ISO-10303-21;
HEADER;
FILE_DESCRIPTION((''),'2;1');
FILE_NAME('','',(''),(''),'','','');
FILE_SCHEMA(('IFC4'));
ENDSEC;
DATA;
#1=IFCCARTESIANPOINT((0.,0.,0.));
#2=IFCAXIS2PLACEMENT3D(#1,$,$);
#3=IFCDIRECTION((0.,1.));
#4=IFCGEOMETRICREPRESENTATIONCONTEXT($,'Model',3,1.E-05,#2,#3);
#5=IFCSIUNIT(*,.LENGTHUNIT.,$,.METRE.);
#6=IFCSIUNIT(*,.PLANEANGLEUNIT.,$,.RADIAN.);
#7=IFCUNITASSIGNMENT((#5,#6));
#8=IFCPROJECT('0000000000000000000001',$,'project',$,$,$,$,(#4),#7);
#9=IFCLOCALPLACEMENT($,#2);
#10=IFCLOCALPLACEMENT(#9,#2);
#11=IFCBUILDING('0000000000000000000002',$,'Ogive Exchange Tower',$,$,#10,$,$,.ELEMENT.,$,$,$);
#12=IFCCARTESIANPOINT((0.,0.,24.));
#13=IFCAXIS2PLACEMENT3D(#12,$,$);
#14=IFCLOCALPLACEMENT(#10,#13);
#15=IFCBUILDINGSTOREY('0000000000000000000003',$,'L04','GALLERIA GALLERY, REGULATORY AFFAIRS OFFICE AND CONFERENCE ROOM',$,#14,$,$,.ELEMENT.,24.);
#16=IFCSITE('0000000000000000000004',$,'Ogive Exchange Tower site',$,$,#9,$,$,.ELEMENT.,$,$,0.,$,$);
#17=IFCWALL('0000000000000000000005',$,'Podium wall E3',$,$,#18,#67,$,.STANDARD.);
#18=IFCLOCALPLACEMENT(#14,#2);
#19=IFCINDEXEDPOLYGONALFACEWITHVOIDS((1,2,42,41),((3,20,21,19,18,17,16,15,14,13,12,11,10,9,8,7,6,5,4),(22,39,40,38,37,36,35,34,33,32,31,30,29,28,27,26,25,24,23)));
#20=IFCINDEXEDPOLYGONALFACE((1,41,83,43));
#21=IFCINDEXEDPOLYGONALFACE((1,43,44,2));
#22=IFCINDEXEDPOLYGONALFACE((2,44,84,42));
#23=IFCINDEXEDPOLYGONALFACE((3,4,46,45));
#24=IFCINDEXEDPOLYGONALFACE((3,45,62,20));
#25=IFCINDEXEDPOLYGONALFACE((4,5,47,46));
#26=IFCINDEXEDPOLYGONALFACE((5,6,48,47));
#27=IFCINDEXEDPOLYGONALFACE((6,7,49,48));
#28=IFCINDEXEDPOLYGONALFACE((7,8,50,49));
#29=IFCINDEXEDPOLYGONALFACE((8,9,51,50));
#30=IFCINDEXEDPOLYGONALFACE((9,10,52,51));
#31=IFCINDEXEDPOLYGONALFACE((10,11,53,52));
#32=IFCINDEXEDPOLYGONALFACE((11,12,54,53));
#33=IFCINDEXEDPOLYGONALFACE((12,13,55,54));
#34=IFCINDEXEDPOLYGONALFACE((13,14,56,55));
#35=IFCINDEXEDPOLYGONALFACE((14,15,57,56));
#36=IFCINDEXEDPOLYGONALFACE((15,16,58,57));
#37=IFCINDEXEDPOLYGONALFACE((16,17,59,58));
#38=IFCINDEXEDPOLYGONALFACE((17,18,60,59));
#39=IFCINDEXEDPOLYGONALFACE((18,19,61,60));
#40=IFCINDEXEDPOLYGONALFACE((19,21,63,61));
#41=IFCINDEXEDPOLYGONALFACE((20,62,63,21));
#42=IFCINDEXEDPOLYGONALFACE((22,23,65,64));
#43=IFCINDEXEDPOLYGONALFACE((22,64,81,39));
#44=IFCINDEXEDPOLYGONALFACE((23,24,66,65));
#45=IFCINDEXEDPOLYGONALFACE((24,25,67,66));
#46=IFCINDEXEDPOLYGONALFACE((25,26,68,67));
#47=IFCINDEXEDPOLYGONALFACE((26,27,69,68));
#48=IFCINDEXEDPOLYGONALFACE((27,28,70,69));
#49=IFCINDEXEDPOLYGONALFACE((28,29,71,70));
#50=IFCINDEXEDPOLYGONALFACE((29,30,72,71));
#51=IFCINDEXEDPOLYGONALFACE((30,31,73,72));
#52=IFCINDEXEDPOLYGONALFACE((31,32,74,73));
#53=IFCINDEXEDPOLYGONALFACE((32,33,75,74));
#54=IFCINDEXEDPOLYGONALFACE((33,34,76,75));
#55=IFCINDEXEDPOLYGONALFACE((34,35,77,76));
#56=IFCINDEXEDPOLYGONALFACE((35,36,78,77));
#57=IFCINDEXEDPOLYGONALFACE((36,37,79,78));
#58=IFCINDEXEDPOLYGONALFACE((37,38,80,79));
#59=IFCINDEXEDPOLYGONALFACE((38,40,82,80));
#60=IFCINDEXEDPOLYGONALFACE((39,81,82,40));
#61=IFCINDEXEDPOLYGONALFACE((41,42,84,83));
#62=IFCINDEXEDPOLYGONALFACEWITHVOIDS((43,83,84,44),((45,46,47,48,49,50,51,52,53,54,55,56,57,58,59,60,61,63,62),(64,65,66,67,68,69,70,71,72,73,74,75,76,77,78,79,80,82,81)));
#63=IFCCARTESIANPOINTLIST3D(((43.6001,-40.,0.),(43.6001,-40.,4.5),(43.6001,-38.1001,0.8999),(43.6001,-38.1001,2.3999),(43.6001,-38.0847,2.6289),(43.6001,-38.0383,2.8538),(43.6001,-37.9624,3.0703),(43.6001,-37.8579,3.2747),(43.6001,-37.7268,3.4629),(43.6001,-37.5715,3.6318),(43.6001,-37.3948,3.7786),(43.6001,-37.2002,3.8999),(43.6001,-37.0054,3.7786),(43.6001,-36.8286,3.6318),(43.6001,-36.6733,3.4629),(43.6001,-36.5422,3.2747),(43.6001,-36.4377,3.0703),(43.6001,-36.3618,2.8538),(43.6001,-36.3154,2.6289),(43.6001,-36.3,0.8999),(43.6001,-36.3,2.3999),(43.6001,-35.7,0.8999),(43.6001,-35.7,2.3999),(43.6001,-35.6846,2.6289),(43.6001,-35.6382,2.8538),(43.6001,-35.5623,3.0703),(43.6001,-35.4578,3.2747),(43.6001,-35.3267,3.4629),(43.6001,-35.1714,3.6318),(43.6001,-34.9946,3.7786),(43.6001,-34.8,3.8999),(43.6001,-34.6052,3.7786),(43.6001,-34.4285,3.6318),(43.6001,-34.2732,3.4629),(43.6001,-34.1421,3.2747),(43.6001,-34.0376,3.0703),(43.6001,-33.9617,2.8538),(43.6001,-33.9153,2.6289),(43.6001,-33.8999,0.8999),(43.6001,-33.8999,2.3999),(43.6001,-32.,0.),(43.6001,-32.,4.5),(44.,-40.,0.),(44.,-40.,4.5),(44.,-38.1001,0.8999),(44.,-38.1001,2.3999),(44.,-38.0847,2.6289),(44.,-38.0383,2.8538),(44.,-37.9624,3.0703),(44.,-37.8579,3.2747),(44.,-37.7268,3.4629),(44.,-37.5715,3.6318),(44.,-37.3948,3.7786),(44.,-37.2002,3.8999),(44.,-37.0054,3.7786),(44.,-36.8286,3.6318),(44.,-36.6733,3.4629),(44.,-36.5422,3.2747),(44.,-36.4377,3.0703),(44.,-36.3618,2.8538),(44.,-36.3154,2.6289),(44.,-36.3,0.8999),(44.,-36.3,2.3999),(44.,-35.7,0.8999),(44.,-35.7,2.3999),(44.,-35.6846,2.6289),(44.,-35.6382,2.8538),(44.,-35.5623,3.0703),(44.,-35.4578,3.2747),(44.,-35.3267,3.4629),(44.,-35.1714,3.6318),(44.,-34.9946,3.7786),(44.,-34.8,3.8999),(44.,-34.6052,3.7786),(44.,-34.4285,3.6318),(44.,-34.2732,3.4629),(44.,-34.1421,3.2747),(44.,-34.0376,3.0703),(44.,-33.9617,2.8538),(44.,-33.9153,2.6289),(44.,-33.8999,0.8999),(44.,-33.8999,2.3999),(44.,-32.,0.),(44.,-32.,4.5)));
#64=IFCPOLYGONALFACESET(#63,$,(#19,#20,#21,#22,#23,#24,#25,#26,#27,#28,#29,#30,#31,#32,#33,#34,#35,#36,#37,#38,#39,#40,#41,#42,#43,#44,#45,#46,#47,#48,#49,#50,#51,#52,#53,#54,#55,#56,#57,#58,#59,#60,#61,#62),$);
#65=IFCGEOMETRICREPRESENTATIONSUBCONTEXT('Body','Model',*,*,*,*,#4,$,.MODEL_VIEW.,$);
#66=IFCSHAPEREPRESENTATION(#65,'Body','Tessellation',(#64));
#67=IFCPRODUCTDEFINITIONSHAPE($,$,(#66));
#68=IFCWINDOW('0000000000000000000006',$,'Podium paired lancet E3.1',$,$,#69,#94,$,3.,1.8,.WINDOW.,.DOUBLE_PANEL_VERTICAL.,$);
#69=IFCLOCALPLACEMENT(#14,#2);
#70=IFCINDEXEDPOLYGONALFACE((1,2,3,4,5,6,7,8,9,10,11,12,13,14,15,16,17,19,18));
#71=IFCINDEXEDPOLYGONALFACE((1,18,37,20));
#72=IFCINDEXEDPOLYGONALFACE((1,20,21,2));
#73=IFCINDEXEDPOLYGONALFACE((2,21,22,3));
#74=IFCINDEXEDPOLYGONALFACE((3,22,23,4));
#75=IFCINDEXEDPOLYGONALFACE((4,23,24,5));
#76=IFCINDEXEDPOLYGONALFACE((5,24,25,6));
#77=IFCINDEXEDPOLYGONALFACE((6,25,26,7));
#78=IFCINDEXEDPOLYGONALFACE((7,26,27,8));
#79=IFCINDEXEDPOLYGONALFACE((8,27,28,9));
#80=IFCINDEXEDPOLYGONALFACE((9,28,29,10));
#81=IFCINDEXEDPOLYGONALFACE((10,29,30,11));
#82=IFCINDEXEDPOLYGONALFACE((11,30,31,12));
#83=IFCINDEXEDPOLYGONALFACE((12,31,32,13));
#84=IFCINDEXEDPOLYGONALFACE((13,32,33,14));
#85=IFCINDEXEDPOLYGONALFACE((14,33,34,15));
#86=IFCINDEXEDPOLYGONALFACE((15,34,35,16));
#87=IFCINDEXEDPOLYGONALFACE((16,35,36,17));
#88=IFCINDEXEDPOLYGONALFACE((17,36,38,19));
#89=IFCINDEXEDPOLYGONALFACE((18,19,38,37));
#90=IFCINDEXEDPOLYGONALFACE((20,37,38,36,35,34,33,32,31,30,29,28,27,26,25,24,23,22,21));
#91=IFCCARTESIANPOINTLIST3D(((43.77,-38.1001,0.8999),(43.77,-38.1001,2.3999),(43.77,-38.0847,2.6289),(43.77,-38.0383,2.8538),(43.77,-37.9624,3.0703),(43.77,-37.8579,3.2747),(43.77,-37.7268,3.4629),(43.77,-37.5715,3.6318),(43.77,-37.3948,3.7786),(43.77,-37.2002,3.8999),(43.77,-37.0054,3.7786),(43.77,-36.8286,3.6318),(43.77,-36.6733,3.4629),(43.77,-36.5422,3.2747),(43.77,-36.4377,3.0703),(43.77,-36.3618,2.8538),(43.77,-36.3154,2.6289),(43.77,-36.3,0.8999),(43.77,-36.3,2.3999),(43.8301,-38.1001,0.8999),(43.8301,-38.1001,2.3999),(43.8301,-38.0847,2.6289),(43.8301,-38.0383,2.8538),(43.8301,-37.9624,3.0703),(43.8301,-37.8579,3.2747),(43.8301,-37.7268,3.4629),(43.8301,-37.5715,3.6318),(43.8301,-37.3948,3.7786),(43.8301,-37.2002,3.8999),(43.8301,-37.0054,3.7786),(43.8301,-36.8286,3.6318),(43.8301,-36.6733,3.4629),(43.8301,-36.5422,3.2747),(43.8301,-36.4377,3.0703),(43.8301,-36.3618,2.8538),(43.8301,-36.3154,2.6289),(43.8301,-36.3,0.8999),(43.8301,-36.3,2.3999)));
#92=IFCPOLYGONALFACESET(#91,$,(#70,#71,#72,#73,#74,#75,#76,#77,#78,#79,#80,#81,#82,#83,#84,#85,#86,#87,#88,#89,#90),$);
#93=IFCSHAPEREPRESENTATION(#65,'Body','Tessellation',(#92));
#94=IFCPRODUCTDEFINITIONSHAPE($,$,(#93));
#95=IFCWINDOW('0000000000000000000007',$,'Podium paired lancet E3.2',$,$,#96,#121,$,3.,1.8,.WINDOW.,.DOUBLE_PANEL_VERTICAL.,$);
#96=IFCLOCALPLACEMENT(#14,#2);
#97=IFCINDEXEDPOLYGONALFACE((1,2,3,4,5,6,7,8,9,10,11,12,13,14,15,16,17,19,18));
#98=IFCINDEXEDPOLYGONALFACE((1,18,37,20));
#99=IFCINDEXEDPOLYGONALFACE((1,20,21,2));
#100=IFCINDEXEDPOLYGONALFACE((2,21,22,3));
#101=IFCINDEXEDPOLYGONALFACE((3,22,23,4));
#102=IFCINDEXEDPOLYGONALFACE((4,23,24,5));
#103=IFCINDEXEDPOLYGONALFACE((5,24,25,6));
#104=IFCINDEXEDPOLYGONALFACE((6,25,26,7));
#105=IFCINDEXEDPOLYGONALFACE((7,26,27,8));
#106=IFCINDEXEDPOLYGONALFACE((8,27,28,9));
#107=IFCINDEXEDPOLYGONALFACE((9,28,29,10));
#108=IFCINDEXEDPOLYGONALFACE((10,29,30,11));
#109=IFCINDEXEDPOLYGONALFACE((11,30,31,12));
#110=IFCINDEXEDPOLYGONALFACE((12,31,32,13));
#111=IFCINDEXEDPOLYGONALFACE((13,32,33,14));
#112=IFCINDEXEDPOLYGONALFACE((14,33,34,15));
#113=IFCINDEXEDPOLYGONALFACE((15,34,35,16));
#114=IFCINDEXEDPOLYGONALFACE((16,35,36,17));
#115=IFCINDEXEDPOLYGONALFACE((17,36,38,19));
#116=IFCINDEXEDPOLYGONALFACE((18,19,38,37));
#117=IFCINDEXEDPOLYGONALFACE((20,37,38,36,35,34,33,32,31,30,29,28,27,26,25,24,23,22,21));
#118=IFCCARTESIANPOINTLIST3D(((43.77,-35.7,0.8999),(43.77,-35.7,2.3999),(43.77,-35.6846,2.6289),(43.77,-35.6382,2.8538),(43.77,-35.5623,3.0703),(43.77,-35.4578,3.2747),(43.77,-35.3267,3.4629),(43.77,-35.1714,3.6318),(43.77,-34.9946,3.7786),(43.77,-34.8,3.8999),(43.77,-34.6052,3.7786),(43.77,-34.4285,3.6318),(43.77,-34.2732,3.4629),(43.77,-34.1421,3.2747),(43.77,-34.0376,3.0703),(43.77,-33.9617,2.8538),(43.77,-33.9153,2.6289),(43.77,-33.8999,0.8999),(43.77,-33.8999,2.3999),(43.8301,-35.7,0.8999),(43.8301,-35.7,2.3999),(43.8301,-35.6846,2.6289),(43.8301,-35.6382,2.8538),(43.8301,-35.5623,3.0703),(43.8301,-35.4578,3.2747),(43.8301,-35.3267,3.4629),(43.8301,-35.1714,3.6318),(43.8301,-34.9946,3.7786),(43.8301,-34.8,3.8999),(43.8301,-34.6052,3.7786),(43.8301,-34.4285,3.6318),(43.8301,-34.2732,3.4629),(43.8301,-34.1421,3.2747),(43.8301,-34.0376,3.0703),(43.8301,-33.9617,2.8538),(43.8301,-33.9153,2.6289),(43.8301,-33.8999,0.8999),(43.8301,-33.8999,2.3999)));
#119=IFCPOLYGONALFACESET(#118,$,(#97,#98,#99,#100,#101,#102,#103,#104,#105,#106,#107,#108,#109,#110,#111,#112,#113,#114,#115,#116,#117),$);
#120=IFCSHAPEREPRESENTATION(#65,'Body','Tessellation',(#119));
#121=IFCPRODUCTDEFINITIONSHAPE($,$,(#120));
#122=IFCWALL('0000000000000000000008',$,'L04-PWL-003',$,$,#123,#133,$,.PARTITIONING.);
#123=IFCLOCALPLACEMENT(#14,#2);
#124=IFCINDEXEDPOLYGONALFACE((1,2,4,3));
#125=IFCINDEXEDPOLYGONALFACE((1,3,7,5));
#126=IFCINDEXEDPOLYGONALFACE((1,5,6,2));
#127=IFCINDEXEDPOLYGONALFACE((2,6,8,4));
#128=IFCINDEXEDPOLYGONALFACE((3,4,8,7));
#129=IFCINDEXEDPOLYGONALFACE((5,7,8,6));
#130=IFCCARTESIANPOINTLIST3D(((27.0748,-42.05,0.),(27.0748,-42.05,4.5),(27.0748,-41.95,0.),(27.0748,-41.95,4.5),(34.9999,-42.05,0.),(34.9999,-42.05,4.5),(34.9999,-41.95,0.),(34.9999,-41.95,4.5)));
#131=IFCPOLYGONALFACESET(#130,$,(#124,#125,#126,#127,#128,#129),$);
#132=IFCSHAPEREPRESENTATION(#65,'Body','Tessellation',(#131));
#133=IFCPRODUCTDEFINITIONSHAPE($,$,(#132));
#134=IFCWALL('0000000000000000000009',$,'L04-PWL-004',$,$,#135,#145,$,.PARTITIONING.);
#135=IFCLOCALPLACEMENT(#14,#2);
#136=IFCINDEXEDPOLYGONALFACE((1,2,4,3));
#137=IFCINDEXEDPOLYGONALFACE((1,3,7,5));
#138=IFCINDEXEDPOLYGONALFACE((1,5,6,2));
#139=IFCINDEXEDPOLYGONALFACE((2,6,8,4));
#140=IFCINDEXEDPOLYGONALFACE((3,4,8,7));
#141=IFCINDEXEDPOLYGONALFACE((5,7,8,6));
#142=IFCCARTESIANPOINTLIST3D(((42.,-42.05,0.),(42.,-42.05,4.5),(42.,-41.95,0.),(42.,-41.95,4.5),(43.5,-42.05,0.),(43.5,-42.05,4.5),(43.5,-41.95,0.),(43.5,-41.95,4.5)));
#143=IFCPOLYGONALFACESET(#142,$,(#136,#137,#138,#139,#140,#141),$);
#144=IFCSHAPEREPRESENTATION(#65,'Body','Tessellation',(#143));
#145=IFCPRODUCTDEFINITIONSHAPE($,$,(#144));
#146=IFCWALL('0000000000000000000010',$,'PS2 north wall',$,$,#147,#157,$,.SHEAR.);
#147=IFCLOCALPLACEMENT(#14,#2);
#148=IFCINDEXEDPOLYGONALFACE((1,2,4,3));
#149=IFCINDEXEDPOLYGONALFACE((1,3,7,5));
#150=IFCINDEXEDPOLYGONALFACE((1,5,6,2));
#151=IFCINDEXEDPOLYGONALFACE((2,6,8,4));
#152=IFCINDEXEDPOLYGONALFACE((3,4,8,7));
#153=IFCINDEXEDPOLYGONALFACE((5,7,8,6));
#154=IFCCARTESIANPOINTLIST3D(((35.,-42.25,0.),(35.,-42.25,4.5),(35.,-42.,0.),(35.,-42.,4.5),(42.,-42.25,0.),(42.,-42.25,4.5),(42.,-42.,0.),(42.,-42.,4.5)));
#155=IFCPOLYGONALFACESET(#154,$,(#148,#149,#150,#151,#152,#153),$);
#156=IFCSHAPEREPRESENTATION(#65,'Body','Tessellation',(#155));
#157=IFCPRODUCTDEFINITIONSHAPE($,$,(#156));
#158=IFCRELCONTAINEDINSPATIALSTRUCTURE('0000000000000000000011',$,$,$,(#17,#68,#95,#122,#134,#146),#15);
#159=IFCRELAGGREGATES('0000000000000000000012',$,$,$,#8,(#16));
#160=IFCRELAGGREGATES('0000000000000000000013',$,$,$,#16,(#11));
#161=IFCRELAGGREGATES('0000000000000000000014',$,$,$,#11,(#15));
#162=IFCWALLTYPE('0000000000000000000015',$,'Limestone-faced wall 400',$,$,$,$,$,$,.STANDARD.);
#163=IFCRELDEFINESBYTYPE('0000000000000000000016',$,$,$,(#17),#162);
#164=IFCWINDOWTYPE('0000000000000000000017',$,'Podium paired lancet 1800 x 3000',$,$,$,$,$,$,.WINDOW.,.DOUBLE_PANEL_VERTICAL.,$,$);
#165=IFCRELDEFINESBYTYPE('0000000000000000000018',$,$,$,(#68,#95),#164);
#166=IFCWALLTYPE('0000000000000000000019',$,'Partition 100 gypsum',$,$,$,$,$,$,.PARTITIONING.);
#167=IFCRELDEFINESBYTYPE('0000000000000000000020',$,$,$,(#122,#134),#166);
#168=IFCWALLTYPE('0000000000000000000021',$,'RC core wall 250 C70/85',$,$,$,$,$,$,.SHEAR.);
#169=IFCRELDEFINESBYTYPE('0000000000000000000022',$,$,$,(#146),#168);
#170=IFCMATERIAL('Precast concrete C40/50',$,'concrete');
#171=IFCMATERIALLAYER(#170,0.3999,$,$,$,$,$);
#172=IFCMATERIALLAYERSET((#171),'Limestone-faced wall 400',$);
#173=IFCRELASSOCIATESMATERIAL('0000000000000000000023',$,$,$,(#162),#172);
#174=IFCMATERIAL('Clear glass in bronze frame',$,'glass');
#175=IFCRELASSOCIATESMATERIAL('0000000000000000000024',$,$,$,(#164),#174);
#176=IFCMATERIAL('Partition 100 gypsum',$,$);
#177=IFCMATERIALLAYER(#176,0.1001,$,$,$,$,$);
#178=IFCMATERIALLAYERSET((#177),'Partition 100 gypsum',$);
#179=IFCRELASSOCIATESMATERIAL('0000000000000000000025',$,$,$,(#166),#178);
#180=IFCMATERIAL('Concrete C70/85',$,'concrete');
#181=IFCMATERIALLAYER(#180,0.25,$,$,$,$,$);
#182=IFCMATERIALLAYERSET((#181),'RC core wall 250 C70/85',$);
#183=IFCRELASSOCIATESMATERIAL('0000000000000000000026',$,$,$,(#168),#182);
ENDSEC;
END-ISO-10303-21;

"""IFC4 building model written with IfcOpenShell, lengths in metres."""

from ifc_helpers import new_model, si_unit, direction, frame, frame_2d, origin, place, context, subcontext, project, spatial, polyline, rectangle, outline, extrude, material, layer, layer_set, type_object, element, fill, save


model = new_model("IFC4")

# Units and contexts
model_context = context("Model", 3, precision=1e-05, world=origin(), true_north=direction((0.0, 1.0)))
body_context = subcontext(model_context, "Body", "Model", "MODEL_VIEW")
ifc_project = project(units=[si_unit("LENGTHUNIT", "METRE"), si_unit("PLANEANGLEUNIT", "RADIAN")], contexts=[model_context])

# Site, building, storey
site_placement = place(None, origin())
site = spatial("IfcSite", under=ifc_project, at=site_placement, Name="Ogive Exchange Tower site", CompositionType="ELEMENT", RefElevation=0.0)
building_placement = place(site_placement, origin())
building = spatial("IfcBuilding", under=site, at=building_placement, Name="Ogive Exchange Tower", CompositionType="ELEMENT")
storey_placement = place(building_placement, frame((0.0, 0.0, 24.0)))
storey = spatial("IfcBuildingStorey", under=building, at=storey_placement, Name="L04", Description="GALLERIA GALLERY, REGULATORY AFFAIRS OFFICE AND CONFERENCE ROOM", CompositionType="ELEMENT", Elevation=24.0)

# Shared definitions
ifc_material_1 = material(Name="Concrete C70/85", Category="concrete")

# Wall, openings, windows
ifc_material_2 = material(Name="Precast concrete C40/50", Category="concrete")
ifc_layer_1 = layer(ifc_material_2, 0.3999)
ifc_layer_set_1 = layer_set([ifc_layer_1], Name="Limestone-faced wall 400")
wall_type_1 = type_object("IfcWallType", Name="Limestone-faced wall 400", PredefinedType="STANDARD", material=ifc_layer_set_1)
wall_1_placement = place(storey_placement, frame((43.8, -40.0, 0.0), z_axis=(0.0, 0.0, 1.0), x_axis=(0.0, 1.0, 0.0)))
wall_1 = element("IfcWall", 1, at=wall_1_placement, inside=storey, type_object=wall_type_1, Name="Podium wall E3", PredefinedType="STANDARD", context=body_context, shape_type="SweptSolid", body=[
    extrude(rectangle(XDim=8.0, YDim=0.3999, at=frame_2d((4.0, 0.0))), origin(), (0.0, 0.0, 1.0), 4.5),
])
opening_1_placement = place(wall_1_placement, frame((1.8999, 0.0, 0.8999)))
opening_1 = element("IfcOpeningElement", 2, at=opening_1_placement, cuts=wall_1, PredefinedType="OPENING", context=body_context, shape_type="SweptSolid", body=[
    extrude(outline(polyline([(0.0, 0.0), (1.8, 0.0), (1.8, 1.5), (1.7847, 1.729), (1.7383, 1.9539), (1.6624, 2.1704), (1.5579, 2.3748), (1.4268, 2.563), (1.2715, 2.7319), (1.0947, 2.8787), (0.8999, 3.0), (0.7053, 2.8787), (0.5286, 2.7319), (0.3733, 2.563), (0.2422, 2.3748), (0.1377, 2.1704), (0.0618, 1.9539), (0.0154, 1.729), (0.0, 1.5), (0.0, 0.0)])), frame((0.0, 0.21, 0.0), z_axis=(0.0, -1.0, 0.0), x_axis=(1.0, 0.0, 0.0)), (0.0, 0.0, 1.0), 0.4199),
])
opening_2_placement = place(wall_1_placement, frame((4.3, 0.0, 0.8999)))
opening_2 = element("IfcOpeningElement", 3, at=opening_2_placement, cuts=wall_1, PredefinedType="OPENING", context=body_context, shape_type="SweptSolid", body=[
    extrude(outline(polyline([(0.0, 0.0), (1.8, 0.0), (1.8, 1.5), (1.7847, 1.729), (1.7383, 1.9539), (1.6624, 2.1704), (1.5579, 2.3748), (1.4268, 2.563), (1.2715, 2.7319), (1.0947, 2.8787), (0.8999, 3.0), (0.7053, 2.8787), (0.5286, 2.7319), (0.3733, 2.563), (0.2422, 2.3748), (0.1377, 2.1704), (0.0618, 1.9539), (0.0154, 1.729), (0.0, 1.5), (0.0, 0.0)])), frame((0.0, 0.21, 0.0), z_axis=(0.0, -1.0, 0.0), x_axis=(1.0, 0.0, 0.0)), (0.0, 0.0, 1.0), 0.4199),
])
ifc_material_3 = material(Name="Clear glass in bronze frame", Category="glass")
window_type = type_object("IfcWindowType", Name="Podium paired lancet 1800 x 3000", PartitioningType="DOUBLE_PANEL_VERTICAL", PredefinedType="WINDOW", material=ifc_material_3)
window_1_placement = place(opening_1_placement, origin())
window_1 = element("IfcWindow", 4, at=window_1_placement, inside=storey, type_object=window_type, Name="Podium paired lancet E3.1", OverallHeight=3.0, OverallWidth=1.8, PartitioningType="DOUBLE_PANEL_VERTICAL", PredefinedType="WINDOW", context=body_context, shape_type="SweptSolid", body=[
    extrude(outline(polyline([(0.0, 0.0), (1.8, 0.0), (1.8, 1.5), (1.7847, 1.729), (1.7383, 1.9539), (1.6624, 2.1704), (1.5579, 2.3748), (1.4268, 2.563), (1.2715, 2.7319), (1.0947, 2.8787), (0.8999, 3.0), (0.7053, 2.8787), (0.5286, 2.7319), (0.3733, 2.563), (0.2422, 2.3748), (0.1377, 2.1704), (0.0618, 1.9539), (0.0154, 1.729), (0.0, 1.5), (0.0, 0.0)])), frame((0.0, 0.03, 0.0), z_axis=(0.0, -1.0, 0.0), x_axis=(1.0, 0.0, 0.0)), (0.0, 0.0, 1.0), 0.0601),
])
fill(opening_1, window_1)
window_2_placement = place(opening_2_placement, origin())
window_2 = element("IfcWindow", 5, at=window_2_placement, inside=storey, type_object=window_type, Name="Podium paired lancet E3.2", OverallHeight=3.0, OverallWidth=1.8, PartitioningType="DOUBLE_PANEL_VERTICAL", PredefinedType="WINDOW", context=body_context, shape_type="SweptSolid", body=[
    extrude(outline(polyline([(0.0, 0.0), (1.8, 0.0), (1.8, 1.5), (1.7847, 1.729), (1.7383, 1.9539), (1.6624, 2.1704), (1.5579, 2.3748), (1.4268, 2.563), (1.2715, 2.7319), (1.0947, 2.8787), (0.8999, 3.0), (0.7053, 2.8787), (0.5286, 2.7319), (0.3733, 2.563), (0.2422, 2.3748), (0.1377, 2.1704), (0.0618, 1.9539), (0.0154, 1.729), (0.0, 1.5), (0.0, 0.0)])), frame((0.0, 0.03, 0.0), z_axis=(0.0, -1.0, 0.0), x_axis=(1.0, 0.0, 0.0)), (0.0, 0.0, 1.0), 0.0601),
])
fill(opening_2, window_2)

# Walls
ifc_material_4 = material(Name="Partition 100 gypsum")
ifc_layer_2 = layer(ifc_material_4, 0.1001)
ifc_layer_set_2 = layer_set([ifc_layer_2], Name="Partition 100 gypsum")
wall_type_2 = type_object("IfcWallType", Name="Partition 100 gypsum", PredefinedType="PARTITIONING", material=ifc_layer_set_2)
wall_2_placement = place(storey_placement, frame((27.075, -42.0, 0.0), z_axis=(0.0, 0.0, 1.0), x_axis=(1.0, 0.0, 0.0)))
element("IfcWall", 6, at=wall_2_placement, inside=storey, type_object=wall_type_2, Name="L04-PWL-003", PredefinedType="PARTITIONING", context=body_context, shape_type="SweptSolid", body=[
    extrude(rectangle(XDim=7.925, YDim=0.1001, at=frame_2d((3.9624, 0.0))), origin(), (0.0, 0.0, 1.0), 4.5),
])
wall_3_placement = place(storey_placement, frame((42.0, -42.0, 0.0), z_axis=(0.0, 0.0, 1.0), x_axis=(1.0, 0.0, 0.0)))
element("IfcWall", 7, at=wall_3_placement, inside=storey, type_object=wall_type_2, Name="L04-PWL-004", PredefinedType="PARTITIONING", context=body_context, shape_type="SweptSolid", body=[
    extrude(rectangle(XDim=1.5, YDim=0.1001, at=frame_2d((0.75, 0.0))), origin(), (0.0, 0.0, 1.0), 4.5),
])
ifc_layer_3 = layer(ifc_material_1, 0.25)
ifc_layer_set_3 = layer_set([ifc_layer_3], Name="RC core wall 250 C70/85")
wall_type_3 = type_object("IfcWallType", Name="RC core wall 250 C70/85", PredefinedType="SHEAR", material=ifc_layer_set_3)
wall_4_placement = place(storey_placement, frame((35.0, -42.125, 0.0), z_axis=(0.0, 0.0, 1.0), x_axis=(1.0, 0.0, 0.0)))
element("IfcWall", 8, at=wall_4_placement, inside=storey, type_object=wall_type_3, Name="PS2 north wall", PredefinedType="SHEAR", context=body_context, shape_type="SweptSolid", body=[
    extrude(rectangle(XDim=7.0, YDim=0.25, at=frame_2d((3.5, 0.0))), origin(), (0.0, 0.0, 1.0), 4.5),
])

save(model, "model.ifc")
